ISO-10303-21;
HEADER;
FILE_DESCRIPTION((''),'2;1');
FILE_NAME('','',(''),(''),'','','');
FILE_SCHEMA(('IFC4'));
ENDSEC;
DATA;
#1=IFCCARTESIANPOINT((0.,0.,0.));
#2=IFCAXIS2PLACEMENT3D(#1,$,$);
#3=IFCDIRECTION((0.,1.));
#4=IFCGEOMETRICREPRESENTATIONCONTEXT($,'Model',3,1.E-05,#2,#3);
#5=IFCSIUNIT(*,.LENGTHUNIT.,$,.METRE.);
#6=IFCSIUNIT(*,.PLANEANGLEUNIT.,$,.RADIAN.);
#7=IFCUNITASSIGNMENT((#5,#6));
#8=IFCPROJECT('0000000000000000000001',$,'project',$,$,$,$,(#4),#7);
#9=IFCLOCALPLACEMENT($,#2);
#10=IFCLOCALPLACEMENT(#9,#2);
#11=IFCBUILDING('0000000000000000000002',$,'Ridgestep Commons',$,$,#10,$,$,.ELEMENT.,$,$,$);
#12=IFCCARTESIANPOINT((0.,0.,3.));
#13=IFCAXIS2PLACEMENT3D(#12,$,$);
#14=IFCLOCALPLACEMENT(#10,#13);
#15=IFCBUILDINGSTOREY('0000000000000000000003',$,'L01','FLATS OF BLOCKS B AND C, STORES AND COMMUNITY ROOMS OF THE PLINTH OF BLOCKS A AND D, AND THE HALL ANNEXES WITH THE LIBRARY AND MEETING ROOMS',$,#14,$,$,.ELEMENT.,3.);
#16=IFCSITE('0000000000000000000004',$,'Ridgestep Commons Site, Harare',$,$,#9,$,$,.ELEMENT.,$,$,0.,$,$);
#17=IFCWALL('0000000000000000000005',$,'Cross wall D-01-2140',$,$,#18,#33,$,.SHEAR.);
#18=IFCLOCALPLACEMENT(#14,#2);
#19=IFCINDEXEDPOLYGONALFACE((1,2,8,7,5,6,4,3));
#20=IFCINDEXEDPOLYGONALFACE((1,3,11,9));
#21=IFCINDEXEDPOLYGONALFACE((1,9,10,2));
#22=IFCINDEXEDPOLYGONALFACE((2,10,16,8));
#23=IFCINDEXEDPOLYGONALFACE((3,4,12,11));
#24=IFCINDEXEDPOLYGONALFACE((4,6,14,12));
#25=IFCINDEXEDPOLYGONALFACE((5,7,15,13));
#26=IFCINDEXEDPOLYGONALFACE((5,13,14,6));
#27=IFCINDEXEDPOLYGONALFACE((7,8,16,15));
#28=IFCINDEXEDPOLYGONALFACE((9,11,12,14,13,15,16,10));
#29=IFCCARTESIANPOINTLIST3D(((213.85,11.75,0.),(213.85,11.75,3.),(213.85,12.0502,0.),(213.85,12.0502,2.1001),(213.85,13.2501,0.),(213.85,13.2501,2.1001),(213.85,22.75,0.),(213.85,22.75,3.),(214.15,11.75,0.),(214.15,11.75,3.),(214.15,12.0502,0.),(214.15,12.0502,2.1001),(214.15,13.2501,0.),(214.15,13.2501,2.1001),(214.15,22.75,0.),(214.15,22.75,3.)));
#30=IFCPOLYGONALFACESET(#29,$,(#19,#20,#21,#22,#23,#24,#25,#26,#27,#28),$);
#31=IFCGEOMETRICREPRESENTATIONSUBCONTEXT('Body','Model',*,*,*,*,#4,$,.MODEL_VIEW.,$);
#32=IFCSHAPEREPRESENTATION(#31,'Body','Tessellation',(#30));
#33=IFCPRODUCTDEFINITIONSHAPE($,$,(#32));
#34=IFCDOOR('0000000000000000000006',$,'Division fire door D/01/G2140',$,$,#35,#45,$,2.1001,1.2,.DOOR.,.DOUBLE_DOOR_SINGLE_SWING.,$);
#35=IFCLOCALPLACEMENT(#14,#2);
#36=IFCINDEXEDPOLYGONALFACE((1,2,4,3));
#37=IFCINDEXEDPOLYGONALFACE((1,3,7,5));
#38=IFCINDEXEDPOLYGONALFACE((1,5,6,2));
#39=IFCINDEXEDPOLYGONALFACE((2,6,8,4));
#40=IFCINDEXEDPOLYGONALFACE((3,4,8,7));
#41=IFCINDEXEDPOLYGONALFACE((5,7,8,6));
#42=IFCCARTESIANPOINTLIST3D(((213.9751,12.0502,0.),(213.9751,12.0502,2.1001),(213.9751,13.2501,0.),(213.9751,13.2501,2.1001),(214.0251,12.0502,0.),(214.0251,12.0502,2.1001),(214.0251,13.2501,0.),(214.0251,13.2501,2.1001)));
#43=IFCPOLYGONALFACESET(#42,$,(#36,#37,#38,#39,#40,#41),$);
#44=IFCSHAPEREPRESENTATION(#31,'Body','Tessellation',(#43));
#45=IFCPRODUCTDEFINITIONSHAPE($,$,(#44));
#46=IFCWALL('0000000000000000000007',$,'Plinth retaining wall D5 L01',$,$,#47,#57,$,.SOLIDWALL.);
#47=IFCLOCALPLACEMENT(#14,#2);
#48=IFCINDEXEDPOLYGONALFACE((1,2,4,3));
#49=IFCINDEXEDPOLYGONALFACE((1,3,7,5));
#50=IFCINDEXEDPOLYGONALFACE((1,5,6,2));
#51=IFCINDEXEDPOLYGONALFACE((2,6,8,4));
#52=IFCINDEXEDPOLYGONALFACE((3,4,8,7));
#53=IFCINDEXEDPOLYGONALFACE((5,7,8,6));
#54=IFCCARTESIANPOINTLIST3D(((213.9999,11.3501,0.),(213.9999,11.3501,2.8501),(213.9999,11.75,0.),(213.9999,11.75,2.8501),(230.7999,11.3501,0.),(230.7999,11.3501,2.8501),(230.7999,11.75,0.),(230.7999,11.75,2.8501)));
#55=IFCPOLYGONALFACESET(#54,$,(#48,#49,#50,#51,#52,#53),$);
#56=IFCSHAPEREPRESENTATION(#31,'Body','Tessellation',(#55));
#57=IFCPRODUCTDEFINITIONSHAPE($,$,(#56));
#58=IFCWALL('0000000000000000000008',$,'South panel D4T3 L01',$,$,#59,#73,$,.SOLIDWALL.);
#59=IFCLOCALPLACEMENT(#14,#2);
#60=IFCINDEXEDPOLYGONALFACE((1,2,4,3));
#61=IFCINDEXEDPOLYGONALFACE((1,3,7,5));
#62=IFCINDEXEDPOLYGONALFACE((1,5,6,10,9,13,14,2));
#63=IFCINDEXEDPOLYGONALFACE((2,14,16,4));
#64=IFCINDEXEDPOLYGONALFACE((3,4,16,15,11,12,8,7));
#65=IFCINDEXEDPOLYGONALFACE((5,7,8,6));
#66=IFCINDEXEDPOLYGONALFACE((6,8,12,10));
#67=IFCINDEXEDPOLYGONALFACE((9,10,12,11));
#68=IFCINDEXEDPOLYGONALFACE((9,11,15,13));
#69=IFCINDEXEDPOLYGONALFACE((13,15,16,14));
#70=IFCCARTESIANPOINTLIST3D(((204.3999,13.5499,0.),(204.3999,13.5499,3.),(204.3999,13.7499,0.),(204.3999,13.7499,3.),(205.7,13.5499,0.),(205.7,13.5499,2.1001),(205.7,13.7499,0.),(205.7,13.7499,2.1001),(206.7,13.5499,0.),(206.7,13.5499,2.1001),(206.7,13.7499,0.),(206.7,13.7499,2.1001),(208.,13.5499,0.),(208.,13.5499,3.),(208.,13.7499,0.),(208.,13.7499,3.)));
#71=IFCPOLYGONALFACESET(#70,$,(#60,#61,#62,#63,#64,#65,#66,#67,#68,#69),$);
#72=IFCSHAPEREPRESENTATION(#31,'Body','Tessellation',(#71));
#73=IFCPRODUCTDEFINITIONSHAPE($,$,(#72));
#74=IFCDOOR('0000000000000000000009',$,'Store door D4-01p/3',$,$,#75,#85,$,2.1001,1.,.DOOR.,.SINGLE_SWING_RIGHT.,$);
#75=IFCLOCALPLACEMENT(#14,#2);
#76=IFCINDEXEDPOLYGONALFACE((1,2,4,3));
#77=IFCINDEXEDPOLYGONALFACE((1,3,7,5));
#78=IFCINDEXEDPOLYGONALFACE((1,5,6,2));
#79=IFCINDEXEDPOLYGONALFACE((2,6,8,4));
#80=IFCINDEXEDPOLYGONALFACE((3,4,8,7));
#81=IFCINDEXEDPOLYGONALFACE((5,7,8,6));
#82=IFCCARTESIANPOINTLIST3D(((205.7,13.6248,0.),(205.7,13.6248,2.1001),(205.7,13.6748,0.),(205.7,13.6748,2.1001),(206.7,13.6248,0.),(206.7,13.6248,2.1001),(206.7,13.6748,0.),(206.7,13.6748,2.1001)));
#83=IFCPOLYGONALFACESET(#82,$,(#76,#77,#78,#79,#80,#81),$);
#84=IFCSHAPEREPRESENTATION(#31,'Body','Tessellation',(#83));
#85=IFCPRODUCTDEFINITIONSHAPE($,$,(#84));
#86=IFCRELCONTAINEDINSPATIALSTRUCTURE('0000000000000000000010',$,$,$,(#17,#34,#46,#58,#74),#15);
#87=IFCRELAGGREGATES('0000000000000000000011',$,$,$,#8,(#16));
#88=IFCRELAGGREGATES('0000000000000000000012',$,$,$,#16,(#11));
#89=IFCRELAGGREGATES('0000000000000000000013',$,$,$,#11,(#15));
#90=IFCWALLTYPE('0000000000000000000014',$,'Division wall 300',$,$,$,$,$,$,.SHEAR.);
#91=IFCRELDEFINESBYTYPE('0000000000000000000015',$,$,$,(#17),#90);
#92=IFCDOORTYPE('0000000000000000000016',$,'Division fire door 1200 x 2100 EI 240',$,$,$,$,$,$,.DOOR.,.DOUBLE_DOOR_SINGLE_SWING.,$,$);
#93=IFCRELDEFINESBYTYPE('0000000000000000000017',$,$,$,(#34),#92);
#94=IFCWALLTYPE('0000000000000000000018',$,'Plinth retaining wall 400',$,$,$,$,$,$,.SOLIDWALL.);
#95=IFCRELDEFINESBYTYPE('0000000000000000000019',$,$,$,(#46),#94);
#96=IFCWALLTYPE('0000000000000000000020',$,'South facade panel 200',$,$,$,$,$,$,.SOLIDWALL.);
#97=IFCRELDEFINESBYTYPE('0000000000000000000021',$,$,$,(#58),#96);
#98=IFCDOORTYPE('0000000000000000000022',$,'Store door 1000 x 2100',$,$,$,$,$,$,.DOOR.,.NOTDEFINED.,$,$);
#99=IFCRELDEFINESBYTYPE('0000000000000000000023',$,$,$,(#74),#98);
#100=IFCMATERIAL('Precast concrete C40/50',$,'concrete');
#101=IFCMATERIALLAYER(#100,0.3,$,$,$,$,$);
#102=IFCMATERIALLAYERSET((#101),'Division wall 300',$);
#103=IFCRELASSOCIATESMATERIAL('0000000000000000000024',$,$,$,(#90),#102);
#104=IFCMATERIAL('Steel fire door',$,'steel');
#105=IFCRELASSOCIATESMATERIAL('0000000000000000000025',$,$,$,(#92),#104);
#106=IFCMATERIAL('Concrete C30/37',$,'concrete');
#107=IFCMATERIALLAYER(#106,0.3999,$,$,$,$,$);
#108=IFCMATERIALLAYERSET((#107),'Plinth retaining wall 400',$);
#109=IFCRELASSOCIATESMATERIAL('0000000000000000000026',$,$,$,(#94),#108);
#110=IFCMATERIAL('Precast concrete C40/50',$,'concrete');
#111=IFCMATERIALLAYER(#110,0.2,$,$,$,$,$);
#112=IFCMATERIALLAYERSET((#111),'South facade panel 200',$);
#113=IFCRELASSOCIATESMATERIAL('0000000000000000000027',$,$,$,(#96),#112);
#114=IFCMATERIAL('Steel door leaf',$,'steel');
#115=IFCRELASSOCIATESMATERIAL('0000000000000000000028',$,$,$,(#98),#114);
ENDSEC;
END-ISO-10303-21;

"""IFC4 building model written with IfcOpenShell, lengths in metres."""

from ifc_helpers import new_model, si_unit, direction, frame, frame_2d, origin, place, context, subcontext, project, spatial, rectangle, extrude, material, layer, layer_set, type_object, element, fill, save


model = new_model("IFC4")

# Units and contexts
model_context = context("Model", 3, precision=1e-05, world=origin(), true_north=direction((0.0, 1.0)))
body_context = subcontext(model_context, "Body", "Model", "MODEL_VIEW")
ifc_project = project(units=[si_unit("LENGTHUNIT", "METRE"), si_unit("PLANEANGLEUNIT", "RADIAN")], contexts=[model_context])

# Site, building, storey
site_placement = place(None, origin())
site = spatial("IfcSite", under=ifc_project, at=site_placement, Name="Ridgestep Commons Site, Harare", CompositionType="ELEMENT", RefElevation=0.0)
building_placement = place(site_placement, origin())
building = spatial("IfcBuilding", under=site, at=building_placement, Name="Ridgestep Commons", CompositionType="ELEMENT")
storey_placement = place(building_placement, frame((0.0, 0.0, 3.0)))
storey = spatial("IfcBuildingStorey", under=building, at=storey_placement, Name="L01", Description="FLATS OF BLOCKS B AND C, STORES AND COMMUNITY ROOMS OF THE PLINTH OF BLOCKS A AND D, AND THE HALL ANNEXES WITH THE LIBRARY AND MEETING ROOMS", CompositionType="ELEMENT", Elevation=3.0)

# Wall, opening, door
ifc_material_1 = material(Name="Precast concrete C40/50", Category="concrete")
ifc_layer_1 = layer(ifc_material_1, 0.3)
ifc_layer_set_1 = layer_set([ifc_layer_1], Name="Division wall 300")
wall_type_1 = type_object("IfcWallType", Name="Division wall 300", PredefinedType="SHEAR", material=ifc_layer_set_1)
wall_1_placement = place(storey_placement, frame((214.0, 11.75, 0.0), z_axis=(0.0, 0.0, 1.0), x_axis=(0.0, 1.0, 0.0)))
wall_1 = element("IfcWall", 1, at=wall_1_placement, inside=storey, type_object=wall_type_1, Name="Cross wall D-01-2140", PredefinedType="SHEAR", context=body_context, shape_type="SweptSolid", body=[
    extrude(rectangle(XDim=11.0, YDim=0.3, at=frame_2d((5.5, 0.0))), origin(), (0.0, 0.0, 1.0), 3.0),
])
opening_1_placement = place(wall_1_placement, frame((0.3, 0.0, 0.0)))
opening_1 = element("IfcOpeningElement", 2, at=opening_1_placement, cuts=wall_1, PredefinedType="OPENING", context=body_context, shape_type="SweptSolid", body=[
    extrude(rectangle(XDim=1.2, YDim=2.1001, at=frame_2d((0.6001, 1.05))), frame((0.0, 0.1599, 0.0), z_axis=(0.0, -1.0, 0.0), x_axis=(1.0, 0.0, 0.0)), (0.0, 0.0, 1.0), 0.3201),
])
ifc_material_2 = material(Name="Steel fire door", Category="steel")
door_type_1 = type_object("IfcDoorType", Name="Division fire door 1200 x 2100 EI 240", OperationType="DOUBLE_DOOR_SINGLE_SWING", PredefinedType="DOOR", material=ifc_material_2)
door_1_placement = place(opening_1_placement, origin())
door_1 = element("IfcDoor", 3, at=door_1_placement, inside=storey, type_object=door_type_1, Name="Division fire door D/01/G2140", OperationType="DOUBLE_DOOR_SINGLE_SWING", OverallHeight=2.1001, OverallWidth=1.2, PredefinedType="DOOR", context=body_context, shape_type="SweptSolid", body=[
    extrude(rectangle(XDim=1.2, YDim=2.1001, at=frame_2d((0.6001, 1.05))), frame((0.0, 0.0249, 0.0), z_axis=(0.0, -1.0, 0.0), x_axis=(1.0, 0.0, 0.0)), (0.0, 0.0, 1.0), 0.05),
])
fill(opening_1, door_1)

# Wall
ifc_material_3 = material(Name="Concrete C30/37", Category="concrete")
ifc_layer_2 = layer(ifc_material_3, 0.3999)
ifc_layer_set_2 = layer_set([ifc_layer_2], Name="Plinth retaining wall 400")
wall_type_2 = type_object("IfcWallType", Name="Plinth retaining wall 400", PredefinedType="SOLIDWALL", material=ifc_layer_set_2)
wall_2_placement = place(storey_placement, frame((214.0, 11.55, 0.0), z_axis=(0.0, 0.0, 1.0), x_axis=(1.0, 0.0, 0.0)))
element("IfcWall", 4, at=wall_2_placement, inside=storey, type_object=wall_type_2, Name="Plinth retaining wall D5 L01", PredefinedType="SOLIDWALL", context=body_context, shape_type="SweptSolid", body=[
    extrude(rectangle(XDim=16.8, YDim=0.3999, at=frame_2d((8.3999, 0.0))), origin(), (0.0, 0.0, 1.0), 2.8501),
])

# Wall, opening, door
ifc_material_4 = material(Name="Precast concrete C40/50", Category="concrete")
ifc_layer_3 = layer(ifc_material_4, 0.2)
ifc_layer_set_3 = layer_set([ifc_layer_3], Name="South facade panel 200")
wall_type_3 = type_object("IfcWallType", Name="South facade panel 200", PredefinedType="SOLIDWALL", material=ifc_layer_set_3)
wall_3_placement = place(storey_placement, frame((204.3999, 13.6499, 0.0), z_axis=(0.0, 0.0, 1.0), x_axis=(1.0, 0.0, 0.0)))
wall_3 = element("IfcWall", 5, at=wall_3_placement, inside=storey, type_object=wall_type_3, Name="South panel D4T3 L01", PredefinedType="SOLIDWALL", context=body_context, shape_type="SweptSolid", body=[
    extrude(rectangle(XDim=3.6001, YDim=0.2, at=frame_2d((1.8, 0.0))), origin(), (0.0, 0.0, 1.0), 3.0),
])
opening_2_placement = place(wall_3_placement, frame((1.3, 0.0, 0.0)))
opening_2 = element("IfcOpeningElement", 6, at=opening_2_placement, cuts=wall_3, PredefinedType="OPENING", context=body_context, shape_type="SweptSolid", body=[
    extrude(rectangle(XDim=1.0, YDim=2.1001, at=frame_2d((0.5, 1.05))), frame((0.0, 0.1099, 0.0), z_axis=(0.0, -1.0, 0.0), x_axis=(1.0, 0.0, 0.0)), (0.0, 0.0, 1.0), 0.22),
])
ifc_material_5 = material(Name="Steel door leaf", Category="steel")
door_type_2 = type_object("IfcDoorType", Name="Store door 1000 x 2100", OperationType="NOTDEFINED", PredefinedType="DOOR", material=ifc_material_5)
door_2_placement = place(opening_2_placement, origin())
door_2 = element("IfcDoor", 7, at=door_2_placement, inside=storey, type_object=door_type_2, Name="Store door D4-01p/3", OperationType="SINGLE_SWING_RIGHT", OverallHeight=2.1001, OverallWidth=1.0, PredefinedType="DOOR", context=body_context, shape_type="SweptSolid", body=[
    extrude(rectangle(XDim=1.0, YDim=2.1001, at=frame_2d((0.5, 1.05))), frame((0.0, 0.0249, 0.0), z_axis=(0.0, -1.0, 0.0), x_axis=(1.0, 0.0, 0.0)), (0.0, 0.0, 1.0), 0.05),
])
fill(opening_2, door_2)

save(model, "model.ifc")
